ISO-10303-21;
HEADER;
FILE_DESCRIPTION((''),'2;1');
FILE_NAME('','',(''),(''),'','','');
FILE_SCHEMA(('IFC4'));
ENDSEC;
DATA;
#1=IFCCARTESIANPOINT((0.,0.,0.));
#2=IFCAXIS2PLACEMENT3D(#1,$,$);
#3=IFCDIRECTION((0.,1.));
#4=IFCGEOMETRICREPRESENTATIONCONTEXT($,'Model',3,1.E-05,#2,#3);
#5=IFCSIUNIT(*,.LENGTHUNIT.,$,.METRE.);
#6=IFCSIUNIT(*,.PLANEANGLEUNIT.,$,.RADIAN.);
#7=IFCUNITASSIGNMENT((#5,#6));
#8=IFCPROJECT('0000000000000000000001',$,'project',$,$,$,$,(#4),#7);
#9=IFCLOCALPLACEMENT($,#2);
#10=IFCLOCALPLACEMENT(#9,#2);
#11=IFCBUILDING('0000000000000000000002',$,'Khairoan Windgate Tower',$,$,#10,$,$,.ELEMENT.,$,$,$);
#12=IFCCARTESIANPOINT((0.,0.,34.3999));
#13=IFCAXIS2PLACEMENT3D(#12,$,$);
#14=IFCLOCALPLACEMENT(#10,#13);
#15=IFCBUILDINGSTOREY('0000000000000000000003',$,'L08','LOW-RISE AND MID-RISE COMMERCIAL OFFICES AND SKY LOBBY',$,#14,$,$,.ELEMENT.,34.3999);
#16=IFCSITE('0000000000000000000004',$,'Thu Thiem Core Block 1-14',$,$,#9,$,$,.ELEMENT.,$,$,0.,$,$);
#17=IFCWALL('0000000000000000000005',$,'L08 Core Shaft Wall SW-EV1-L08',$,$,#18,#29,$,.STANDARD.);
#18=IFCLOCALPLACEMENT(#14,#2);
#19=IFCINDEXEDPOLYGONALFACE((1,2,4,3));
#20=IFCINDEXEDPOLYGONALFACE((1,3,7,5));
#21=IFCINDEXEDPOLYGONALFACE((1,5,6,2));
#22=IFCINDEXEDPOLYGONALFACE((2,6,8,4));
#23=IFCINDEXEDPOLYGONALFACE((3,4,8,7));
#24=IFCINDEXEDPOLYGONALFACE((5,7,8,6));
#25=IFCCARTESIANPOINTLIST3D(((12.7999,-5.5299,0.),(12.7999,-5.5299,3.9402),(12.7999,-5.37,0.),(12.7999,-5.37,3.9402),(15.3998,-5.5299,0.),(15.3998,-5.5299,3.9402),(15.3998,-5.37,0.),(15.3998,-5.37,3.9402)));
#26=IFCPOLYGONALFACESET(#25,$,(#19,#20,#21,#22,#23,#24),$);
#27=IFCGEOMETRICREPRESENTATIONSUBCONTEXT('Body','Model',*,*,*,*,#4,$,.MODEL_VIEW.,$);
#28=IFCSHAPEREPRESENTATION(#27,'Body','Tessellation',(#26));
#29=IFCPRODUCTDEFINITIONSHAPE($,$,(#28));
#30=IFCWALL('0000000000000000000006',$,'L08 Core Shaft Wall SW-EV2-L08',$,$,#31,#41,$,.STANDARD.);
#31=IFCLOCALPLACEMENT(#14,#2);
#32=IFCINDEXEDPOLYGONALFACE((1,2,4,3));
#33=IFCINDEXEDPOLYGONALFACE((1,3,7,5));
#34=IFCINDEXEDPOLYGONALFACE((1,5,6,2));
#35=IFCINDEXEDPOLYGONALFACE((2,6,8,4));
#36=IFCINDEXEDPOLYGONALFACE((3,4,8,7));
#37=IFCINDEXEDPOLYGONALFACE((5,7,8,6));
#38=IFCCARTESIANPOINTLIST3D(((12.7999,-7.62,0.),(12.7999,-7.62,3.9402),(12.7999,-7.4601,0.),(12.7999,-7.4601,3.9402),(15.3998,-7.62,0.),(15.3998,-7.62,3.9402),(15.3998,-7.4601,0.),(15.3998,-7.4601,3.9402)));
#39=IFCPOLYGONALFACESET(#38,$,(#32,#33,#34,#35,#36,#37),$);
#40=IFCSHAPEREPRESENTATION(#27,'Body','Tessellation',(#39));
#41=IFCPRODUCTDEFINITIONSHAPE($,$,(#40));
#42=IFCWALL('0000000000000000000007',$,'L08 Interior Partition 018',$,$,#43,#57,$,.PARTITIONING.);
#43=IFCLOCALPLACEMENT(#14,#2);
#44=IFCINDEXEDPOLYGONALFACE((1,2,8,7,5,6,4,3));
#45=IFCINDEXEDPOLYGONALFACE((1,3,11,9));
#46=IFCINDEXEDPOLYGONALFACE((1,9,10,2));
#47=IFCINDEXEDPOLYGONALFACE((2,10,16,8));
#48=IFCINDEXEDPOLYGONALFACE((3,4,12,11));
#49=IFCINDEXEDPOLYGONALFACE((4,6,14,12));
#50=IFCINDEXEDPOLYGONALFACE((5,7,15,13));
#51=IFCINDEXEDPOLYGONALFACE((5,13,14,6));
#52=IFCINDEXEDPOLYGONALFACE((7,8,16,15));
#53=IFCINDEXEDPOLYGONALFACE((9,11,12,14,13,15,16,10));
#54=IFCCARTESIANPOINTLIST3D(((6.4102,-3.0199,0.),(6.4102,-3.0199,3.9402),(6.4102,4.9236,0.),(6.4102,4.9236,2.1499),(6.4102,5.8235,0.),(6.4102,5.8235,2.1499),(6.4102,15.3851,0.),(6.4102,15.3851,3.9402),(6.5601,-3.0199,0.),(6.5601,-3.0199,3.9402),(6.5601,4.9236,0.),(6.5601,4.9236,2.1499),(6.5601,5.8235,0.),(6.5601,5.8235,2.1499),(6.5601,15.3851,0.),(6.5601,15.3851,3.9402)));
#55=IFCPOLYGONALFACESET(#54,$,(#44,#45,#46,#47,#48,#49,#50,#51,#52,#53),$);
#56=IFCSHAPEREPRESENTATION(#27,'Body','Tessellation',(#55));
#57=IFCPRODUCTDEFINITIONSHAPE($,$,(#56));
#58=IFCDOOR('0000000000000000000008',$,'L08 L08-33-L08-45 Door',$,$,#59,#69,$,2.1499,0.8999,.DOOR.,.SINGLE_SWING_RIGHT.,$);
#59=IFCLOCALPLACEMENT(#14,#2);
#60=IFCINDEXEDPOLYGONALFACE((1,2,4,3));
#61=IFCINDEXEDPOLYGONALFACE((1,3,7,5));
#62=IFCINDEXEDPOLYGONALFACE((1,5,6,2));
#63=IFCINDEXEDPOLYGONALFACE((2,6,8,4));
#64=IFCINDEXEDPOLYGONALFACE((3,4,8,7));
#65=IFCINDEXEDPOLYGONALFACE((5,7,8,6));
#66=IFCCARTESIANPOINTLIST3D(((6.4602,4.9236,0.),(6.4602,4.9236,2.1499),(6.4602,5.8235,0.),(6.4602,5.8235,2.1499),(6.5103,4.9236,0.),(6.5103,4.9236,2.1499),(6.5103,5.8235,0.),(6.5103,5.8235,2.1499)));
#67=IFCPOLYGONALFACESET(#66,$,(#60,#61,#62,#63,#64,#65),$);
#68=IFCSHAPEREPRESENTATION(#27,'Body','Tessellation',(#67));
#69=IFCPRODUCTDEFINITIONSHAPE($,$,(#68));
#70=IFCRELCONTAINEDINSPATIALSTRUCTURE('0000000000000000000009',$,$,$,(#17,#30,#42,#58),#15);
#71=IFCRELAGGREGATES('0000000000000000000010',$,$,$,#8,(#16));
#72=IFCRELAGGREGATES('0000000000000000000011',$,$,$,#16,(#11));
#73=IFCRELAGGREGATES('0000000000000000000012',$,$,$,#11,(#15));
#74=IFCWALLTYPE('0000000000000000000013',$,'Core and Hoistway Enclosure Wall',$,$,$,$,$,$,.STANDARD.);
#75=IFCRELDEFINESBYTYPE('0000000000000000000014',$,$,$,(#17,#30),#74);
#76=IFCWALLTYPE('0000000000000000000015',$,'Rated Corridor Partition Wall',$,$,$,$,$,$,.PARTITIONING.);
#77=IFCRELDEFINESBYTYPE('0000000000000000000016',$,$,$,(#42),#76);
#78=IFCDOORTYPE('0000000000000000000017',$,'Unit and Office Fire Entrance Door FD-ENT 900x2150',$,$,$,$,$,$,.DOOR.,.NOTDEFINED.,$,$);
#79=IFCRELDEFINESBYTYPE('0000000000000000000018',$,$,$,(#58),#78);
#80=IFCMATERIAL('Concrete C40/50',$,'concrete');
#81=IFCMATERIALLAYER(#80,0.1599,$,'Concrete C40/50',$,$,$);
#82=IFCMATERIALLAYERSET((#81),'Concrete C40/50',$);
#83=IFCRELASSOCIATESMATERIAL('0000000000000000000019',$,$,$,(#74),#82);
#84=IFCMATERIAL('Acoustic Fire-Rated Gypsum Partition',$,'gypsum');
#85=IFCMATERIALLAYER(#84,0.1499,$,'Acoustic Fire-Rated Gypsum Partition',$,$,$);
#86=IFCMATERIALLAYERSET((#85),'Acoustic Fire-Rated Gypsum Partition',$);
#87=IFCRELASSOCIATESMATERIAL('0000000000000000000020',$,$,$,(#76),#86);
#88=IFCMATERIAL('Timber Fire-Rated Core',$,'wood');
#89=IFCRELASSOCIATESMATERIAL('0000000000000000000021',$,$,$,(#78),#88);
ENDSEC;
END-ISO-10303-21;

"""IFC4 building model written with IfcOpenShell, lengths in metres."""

from ifc_helpers import new_model, si_unit, direction, frame, frame_2d, origin, place, context, subcontext, project, spatial, rectangle, extrude, material, layer, layer_set, type_object, element, fill, save


model = new_model("IFC4")

# Units and contexts
model_context = context("Model", 3, precision=1e-05, world=origin(), true_north=direction((0.0, 1.0)))
body_context = subcontext(model_context, "Body", "Model", "MODEL_VIEW")
ifc_project = project(units=[si_unit("LENGTHUNIT", "METRE"), si_unit("PLANEANGLEUNIT", "RADIAN")], contexts=[model_context])

# Site, building, storey
site_placement = place(None, origin())
site = spatial("IfcSite", under=ifc_project, at=site_placement, Name="Thu Thiem Core Block 1-14", CompositionType="ELEMENT", RefElevation=0.0)
building_placement = place(site_placement, origin())
building = spatial("IfcBuilding", under=site, at=building_placement, Name="Khairoan Windgate Tower", CompositionType="ELEMENT")
storey_placement = place(building_placement, frame((0.0, 0.0, 34.3999)))
storey = spatial("IfcBuildingStorey", under=building, at=storey_placement, Name="L08", Description="LOW-RISE AND MID-RISE COMMERCIAL OFFICES AND SKY LOBBY", CompositionType="ELEMENT", Elevation=34.3999)

# Shared definitions
ifc_material_1 = material(Name="Concrete C40/50", Category="concrete")
ifc_layer_1 = layer(ifc_material_1, 0.1599, Name="Concrete C40/50")
ifc_layer_set_1 = layer_set([ifc_layer_1], Name="Concrete C40/50")
wall_type_1 = type_object("IfcWallType", Name="Core and Hoistway Enclosure Wall", PredefinedType="STANDARD", material=ifc_layer_set_1)

# Walls
for number, where, z_axis, x_axis, name in (
    (1, (12.8, -5.45, 0.0), (0.0, 0.0, 1.0), (1.0, 0.0, 0.0), "L08 Core Shaft Wall SW-EV1-L08"),
    (2, (12.8, -7.54, 0.0), (0.0, 0.0, 1.0), (1.0, 0.0, 0.0), "L08 Core Shaft Wall SW-EV2-L08"),
):
    element("IfcWall", number, at=place(storey_placement, frame(where, z_axis=z_axis, x_axis=x_axis)), inside=storey, type_object=wall_type_1, Name=name, PredefinedType="STANDARD", context=body_context, shape_type="SweptSolid", body=[
        extrude(rectangle(XDim=2.5999, YDim=0.1599, at=frame_2d((1.2998, 0.0))), origin(), (0.0, 0.0, 1.0), 3.9402),
    ])

# Wall, opening, door
ifc_material_2 = material(Name="Acoustic Fire-Rated Gypsum Partition", Category="gypsum")
ifc_layer_2 = layer(ifc_material_2, 0.1499, Name="Acoustic Fire-Rated Gypsum Partition")
ifc_layer_set_2 = layer_set([ifc_layer_2], Name="Acoustic Fire-Rated Gypsum Partition")
wall_type_2 = type_object("IfcWallType", Name="Rated Corridor Partition Wall", PredefinedType="PARTITIONING", material=ifc_layer_set_2)
wall_1_placement = place(storey_placement, frame((6.4851, -3.02, 0.0), z_axis=(0.0, 0.0, 1.0), x_axis=(0.0, 1.0, 0.0)))
wall_1 = element("IfcWall", 3, at=wall_1_placement, inside=storey, type_object=wall_type_2, Name="L08 Interior Partition 018", PredefinedType="PARTITIONING", context=body_context, shape_type="SweptSolid", body=[
    extrude(rectangle(XDim=18.405, YDim=0.1499, at=frame_2d((9.2026, 0.0))), origin(), (0.0, 0.0, 1.0), 3.9402),
])
opening_1_placement = place(wall_1_placement, frame((7.9436, 0.0, 0.0)))
opening_1 = element("IfcOpeningElement", 4, at=opening_1_placement, cuts=wall_1, PredefinedType="OPENING", context=body_context, shape_type="SweptSolid", body=[
    extrude(rectangle(XDim=0.8999, YDim=2.1499, at=frame_2d((0.45, 1.075))), frame((0.0, 0.085, 0.0), z_axis=(0.0, -1.0, 0.0), x_axis=(1.0, 0.0, 0.0)), (0.0, 0.0, 1.0), 0.1699),
])
ifc_material_3 = material(Name="Timber Fire-Rated Core", Category="wood")
door_type_1 = type_object("IfcDoorType", Name="Unit and Office Fire Entrance Door FD-ENT 900x2150", OperationType="NOTDEFINED", PredefinedType="DOOR", material=ifc_material_3)
door_1_placement = place(opening_1_placement, origin())
door_1 = element("IfcDoor", 5, at=door_1_placement, inside=storey, type_object=door_type_1, Name="L08 L08-33-L08-45 Door", OperationType="SINGLE_SWING_RIGHT", OverallHeight=2.1499, OverallWidth=0.8999, PredefinedType="DOOR", context=body_context, shape_type="SweptSolid", body=[
    extrude(rectangle(XDim=0.8999, YDim=2.1499, at=frame_2d((0.45, 1.075))), frame((0.0, 0.0249, 0.0), z_axis=(0.0, -1.0, 0.0), x_axis=(1.0, 0.0, 0.0)), (0.0, 0.0, 1.0), 0.05),
])
fill(opening_1, door_1)

save(model, "model.ifc")
